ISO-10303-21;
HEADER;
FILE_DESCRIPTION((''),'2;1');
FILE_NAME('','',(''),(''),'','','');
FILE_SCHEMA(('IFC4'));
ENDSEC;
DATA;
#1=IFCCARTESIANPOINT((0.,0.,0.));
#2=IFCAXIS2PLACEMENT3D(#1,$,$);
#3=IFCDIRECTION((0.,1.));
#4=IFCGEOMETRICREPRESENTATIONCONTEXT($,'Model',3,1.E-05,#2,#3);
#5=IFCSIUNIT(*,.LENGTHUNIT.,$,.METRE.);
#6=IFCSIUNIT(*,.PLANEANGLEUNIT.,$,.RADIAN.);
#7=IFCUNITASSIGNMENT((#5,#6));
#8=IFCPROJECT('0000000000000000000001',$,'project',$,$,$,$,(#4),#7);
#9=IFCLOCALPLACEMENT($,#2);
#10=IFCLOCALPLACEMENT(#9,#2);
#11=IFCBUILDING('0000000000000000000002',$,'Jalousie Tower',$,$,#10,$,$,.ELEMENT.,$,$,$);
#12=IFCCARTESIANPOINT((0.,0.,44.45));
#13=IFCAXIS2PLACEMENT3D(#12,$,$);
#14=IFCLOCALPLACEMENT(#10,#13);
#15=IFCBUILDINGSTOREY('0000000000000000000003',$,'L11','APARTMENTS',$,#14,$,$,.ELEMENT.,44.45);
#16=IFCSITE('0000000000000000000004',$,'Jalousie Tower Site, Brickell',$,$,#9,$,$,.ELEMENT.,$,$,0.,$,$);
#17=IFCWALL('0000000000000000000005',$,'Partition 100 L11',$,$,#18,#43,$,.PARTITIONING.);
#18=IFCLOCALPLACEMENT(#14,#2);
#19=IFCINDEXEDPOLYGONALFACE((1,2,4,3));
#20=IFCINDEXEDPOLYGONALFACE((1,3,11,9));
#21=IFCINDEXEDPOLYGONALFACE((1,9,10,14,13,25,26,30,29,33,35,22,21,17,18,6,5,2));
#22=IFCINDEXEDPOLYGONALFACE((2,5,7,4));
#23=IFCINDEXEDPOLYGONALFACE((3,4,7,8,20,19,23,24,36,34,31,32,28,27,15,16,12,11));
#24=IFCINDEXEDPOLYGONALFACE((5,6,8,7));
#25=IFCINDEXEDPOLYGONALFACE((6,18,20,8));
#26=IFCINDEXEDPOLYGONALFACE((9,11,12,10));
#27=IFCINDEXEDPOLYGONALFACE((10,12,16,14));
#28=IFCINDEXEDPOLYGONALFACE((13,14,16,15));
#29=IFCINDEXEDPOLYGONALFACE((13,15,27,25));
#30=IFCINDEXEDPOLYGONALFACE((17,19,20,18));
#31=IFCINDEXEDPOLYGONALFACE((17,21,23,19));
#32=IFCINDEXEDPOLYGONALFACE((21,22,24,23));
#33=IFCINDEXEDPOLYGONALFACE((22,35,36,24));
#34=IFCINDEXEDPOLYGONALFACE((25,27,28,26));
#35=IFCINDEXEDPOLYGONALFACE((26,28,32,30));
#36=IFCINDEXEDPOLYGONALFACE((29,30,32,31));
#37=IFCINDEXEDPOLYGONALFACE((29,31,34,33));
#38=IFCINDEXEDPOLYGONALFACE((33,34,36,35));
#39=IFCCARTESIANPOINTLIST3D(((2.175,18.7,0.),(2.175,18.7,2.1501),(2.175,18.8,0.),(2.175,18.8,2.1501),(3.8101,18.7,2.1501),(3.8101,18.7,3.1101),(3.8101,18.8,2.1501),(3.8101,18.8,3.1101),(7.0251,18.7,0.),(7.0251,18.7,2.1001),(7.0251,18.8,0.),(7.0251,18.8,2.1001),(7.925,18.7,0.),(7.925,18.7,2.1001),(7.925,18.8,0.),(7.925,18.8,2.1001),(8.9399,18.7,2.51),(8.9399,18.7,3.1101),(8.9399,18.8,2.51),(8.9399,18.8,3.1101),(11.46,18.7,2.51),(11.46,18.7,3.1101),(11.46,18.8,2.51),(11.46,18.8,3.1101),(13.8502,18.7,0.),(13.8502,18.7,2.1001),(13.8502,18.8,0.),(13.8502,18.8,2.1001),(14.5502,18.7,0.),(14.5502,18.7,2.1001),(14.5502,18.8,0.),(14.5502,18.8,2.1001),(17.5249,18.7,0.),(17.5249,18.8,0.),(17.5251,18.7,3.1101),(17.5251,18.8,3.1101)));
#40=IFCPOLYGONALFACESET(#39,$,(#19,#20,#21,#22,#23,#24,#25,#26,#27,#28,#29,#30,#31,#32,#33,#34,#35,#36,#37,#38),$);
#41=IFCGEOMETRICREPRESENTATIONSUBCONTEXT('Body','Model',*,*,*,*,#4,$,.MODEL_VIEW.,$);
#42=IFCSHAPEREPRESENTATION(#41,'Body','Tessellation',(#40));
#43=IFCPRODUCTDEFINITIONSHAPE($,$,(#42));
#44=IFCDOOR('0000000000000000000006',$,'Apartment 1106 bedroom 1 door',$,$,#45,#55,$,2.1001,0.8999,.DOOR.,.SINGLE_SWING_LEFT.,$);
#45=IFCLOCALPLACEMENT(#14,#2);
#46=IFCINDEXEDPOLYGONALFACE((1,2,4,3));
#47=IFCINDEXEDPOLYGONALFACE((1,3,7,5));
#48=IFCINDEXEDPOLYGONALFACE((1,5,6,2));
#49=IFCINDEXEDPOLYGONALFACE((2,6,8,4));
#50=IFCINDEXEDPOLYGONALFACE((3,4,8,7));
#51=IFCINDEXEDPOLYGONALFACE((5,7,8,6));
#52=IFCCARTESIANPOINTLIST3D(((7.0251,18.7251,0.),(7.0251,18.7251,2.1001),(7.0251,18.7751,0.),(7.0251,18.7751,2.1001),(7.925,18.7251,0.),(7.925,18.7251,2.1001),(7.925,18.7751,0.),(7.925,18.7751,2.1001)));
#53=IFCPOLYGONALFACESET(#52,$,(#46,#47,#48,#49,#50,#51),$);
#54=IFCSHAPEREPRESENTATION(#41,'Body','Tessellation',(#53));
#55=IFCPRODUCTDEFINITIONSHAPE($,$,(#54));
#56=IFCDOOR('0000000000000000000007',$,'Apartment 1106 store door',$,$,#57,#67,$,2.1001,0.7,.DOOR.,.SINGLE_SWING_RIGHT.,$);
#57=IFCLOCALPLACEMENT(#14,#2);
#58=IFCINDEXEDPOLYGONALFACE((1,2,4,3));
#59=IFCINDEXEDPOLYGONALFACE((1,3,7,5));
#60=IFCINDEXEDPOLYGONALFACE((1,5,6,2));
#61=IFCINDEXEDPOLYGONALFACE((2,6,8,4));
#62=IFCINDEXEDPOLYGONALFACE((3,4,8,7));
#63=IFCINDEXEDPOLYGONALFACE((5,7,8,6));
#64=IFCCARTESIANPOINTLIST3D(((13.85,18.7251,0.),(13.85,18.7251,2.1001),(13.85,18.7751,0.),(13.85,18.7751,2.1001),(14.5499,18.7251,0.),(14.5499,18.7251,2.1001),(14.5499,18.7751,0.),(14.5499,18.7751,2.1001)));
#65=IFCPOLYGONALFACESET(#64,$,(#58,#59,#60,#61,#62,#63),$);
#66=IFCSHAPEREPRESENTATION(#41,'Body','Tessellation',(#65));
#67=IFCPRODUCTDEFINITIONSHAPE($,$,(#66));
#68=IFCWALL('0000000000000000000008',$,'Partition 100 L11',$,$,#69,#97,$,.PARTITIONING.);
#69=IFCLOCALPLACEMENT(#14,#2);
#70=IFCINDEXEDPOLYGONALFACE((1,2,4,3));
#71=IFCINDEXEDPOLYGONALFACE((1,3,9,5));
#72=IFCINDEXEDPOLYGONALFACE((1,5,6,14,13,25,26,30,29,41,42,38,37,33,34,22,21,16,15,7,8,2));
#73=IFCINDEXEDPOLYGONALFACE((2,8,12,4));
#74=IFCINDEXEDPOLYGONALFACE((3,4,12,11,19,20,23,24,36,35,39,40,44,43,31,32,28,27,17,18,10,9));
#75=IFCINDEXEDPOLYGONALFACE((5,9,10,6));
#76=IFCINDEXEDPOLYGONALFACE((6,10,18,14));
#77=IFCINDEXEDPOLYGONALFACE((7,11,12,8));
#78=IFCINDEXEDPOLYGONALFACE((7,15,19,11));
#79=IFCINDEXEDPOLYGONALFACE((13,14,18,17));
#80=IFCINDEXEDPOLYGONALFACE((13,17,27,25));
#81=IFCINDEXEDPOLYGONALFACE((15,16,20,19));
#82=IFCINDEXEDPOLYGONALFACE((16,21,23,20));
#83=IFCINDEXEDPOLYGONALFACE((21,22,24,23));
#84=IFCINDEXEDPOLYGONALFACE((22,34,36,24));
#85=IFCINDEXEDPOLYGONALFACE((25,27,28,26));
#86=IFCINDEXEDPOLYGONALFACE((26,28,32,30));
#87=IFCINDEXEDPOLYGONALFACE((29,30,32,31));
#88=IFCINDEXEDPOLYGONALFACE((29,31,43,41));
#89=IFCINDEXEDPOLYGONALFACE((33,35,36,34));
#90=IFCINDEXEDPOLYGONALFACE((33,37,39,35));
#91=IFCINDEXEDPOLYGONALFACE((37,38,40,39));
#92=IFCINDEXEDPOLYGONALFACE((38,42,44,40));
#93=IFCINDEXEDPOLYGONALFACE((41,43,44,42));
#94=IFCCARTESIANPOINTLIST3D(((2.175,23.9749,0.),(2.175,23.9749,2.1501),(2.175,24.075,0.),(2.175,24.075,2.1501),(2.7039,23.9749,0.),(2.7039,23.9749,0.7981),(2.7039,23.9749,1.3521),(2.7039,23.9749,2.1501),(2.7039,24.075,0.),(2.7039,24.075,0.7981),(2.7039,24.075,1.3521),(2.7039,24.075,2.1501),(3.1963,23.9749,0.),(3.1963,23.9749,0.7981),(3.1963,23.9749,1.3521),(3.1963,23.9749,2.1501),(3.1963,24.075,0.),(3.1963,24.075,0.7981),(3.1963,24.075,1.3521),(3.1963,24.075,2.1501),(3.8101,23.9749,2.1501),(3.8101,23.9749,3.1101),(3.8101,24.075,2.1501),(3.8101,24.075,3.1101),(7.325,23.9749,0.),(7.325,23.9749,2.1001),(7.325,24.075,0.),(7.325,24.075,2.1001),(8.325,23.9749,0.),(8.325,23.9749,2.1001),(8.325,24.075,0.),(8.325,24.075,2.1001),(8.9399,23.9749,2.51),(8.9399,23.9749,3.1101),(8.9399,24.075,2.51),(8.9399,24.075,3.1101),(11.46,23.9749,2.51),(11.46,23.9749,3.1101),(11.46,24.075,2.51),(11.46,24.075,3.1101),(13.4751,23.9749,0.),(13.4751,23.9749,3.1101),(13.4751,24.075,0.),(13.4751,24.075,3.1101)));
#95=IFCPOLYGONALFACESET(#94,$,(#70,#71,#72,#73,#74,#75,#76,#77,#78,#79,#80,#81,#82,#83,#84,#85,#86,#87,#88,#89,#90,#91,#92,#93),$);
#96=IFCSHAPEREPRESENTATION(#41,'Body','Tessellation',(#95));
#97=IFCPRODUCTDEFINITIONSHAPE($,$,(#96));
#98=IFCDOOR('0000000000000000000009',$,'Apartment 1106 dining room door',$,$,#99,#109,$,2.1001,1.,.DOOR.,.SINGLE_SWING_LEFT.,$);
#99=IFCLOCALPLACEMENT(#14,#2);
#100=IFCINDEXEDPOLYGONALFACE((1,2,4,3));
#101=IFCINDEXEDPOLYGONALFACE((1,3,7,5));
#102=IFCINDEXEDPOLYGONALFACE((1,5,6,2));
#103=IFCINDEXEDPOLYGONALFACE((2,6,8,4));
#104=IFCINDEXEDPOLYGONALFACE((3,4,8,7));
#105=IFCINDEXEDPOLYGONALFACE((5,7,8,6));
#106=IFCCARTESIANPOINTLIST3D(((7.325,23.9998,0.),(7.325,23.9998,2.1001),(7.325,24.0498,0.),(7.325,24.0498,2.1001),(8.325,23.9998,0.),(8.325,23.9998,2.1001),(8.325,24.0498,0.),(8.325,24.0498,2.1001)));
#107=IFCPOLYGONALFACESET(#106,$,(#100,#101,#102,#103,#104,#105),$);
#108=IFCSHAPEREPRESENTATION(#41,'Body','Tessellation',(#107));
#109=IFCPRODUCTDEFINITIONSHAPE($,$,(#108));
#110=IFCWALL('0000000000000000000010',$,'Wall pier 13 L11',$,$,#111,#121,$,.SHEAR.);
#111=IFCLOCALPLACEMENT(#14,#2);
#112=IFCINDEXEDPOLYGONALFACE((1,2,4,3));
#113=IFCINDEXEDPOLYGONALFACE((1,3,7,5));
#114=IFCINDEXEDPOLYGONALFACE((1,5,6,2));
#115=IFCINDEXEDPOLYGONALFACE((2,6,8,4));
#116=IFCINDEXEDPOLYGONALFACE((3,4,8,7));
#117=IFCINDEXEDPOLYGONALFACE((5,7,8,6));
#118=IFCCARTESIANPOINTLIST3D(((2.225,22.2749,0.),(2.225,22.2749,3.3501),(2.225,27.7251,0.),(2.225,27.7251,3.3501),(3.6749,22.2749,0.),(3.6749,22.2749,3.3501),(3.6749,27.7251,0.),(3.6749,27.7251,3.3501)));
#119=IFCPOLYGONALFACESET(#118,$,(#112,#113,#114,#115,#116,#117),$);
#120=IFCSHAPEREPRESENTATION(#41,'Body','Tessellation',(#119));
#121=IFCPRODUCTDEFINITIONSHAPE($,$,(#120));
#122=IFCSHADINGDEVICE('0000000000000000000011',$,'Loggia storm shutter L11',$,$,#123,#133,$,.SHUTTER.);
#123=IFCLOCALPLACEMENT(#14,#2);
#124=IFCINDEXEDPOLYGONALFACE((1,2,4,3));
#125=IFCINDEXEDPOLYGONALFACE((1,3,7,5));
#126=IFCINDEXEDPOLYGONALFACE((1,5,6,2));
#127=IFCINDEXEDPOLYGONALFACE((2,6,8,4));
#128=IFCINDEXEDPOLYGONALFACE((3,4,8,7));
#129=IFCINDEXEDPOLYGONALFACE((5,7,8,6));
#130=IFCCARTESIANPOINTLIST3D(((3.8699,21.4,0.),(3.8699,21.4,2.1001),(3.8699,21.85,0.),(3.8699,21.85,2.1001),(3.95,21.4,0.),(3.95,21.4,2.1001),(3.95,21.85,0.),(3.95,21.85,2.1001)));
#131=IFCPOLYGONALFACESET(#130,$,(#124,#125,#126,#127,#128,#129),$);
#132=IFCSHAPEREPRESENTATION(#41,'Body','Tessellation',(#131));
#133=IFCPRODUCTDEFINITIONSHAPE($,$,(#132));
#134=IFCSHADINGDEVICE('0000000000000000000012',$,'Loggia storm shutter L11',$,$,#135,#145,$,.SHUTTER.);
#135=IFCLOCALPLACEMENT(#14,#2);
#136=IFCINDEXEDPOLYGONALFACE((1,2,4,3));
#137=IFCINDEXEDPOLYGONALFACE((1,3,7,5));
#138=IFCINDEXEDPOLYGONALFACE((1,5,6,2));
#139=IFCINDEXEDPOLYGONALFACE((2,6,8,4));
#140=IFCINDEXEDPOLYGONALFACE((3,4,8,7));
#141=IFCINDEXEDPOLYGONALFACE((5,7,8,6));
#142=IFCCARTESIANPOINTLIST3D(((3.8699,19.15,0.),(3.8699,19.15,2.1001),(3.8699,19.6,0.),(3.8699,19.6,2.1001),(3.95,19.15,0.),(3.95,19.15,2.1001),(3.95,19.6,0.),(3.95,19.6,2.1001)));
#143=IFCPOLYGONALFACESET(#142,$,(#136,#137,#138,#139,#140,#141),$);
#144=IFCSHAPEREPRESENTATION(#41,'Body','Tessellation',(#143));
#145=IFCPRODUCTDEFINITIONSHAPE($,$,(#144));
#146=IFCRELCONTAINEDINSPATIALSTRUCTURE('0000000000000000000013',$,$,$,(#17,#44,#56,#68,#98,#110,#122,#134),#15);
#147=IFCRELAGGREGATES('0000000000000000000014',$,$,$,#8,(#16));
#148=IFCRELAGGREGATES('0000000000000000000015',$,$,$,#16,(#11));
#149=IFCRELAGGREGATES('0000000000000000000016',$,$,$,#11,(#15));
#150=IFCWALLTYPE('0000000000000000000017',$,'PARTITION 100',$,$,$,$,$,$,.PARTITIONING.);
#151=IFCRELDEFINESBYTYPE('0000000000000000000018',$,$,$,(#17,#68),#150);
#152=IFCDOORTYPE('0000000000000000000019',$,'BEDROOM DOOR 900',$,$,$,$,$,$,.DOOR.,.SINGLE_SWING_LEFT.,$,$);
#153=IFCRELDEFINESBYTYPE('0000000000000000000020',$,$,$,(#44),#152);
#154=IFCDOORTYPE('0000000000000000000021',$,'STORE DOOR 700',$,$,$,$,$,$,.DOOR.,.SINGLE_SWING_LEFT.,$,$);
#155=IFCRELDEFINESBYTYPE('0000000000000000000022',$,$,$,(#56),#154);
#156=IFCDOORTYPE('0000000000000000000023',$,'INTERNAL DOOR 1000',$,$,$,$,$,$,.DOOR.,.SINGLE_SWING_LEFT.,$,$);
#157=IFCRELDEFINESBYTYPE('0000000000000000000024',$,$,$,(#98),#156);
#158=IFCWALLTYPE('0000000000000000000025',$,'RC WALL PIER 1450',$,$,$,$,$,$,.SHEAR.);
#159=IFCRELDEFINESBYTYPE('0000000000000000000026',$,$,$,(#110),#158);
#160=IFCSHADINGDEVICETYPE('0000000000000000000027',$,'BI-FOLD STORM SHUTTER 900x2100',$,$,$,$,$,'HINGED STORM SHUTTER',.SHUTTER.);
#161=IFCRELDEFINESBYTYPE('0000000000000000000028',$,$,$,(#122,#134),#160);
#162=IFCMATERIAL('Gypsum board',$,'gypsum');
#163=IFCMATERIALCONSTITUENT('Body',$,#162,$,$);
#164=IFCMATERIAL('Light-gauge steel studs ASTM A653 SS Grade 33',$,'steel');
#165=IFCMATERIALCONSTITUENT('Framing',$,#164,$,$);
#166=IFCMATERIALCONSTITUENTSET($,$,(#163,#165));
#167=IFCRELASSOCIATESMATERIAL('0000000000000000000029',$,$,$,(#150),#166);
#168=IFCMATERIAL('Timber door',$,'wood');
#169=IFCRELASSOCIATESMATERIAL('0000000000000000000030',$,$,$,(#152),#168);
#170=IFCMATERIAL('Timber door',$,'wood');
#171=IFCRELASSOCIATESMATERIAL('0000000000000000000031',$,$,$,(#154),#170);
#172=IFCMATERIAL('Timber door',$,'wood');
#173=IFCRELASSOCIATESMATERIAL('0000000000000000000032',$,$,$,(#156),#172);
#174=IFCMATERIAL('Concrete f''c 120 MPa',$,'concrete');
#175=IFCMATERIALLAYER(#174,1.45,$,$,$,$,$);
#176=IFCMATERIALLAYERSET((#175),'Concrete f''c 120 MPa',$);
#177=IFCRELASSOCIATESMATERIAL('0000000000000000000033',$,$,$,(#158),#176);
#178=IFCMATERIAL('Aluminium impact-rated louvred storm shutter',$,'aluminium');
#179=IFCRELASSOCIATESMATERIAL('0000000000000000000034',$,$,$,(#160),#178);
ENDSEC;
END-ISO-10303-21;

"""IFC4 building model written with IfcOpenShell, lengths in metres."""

from ifc_helpers import new_model, si_unit, direction, frame, frame_2d, origin, origin_2d, place, context, subcontext, project, spatial, polyline, rectangle, outline, extrude, material, layer, layer_set, constituent, constituent_set, type_object, element, fill, save


model = new_model("IFC4")

# Units and contexts
model_context = context("Model", 3, precision=1e-05, world=origin(), true_north=direction((0.0, 1.0)))
body_context = subcontext(model_context, "Body", "Model", "MODEL_VIEW")
ifc_project = project(units=[si_unit("LENGTHUNIT", "METRE"), si_unit("PLANEANGLEUNIT", "RADIAN")], contexts=[model_context])

# Site, building, storey
site_placement = place(None, origin())
site = spatial("IfcSite", under=ifc_project, at=site_placement, Name="Jalousie Tower Site, Brickell", CompositionType="ELEMENT", RefElevation=0.0)
building_placement = place(site_placement, origin())
building = spatial("IfcBuilding", under=site, at=building_placement, Name="Jalousie Tower", CompositionType="ELEMENT")
storey_placement = place(building_placement, frame((0.0, 0.0, 44.45)))
storey = spatial("IfcBuildingStorey", under=building, at=storey_placement, Name="L11", Description="APARTMENTS", CompositionType="ELEMENT", Elevation=44.45)

# Wall, openings, doors
ifc_material_1 = material(Name="Gypsum board", Category="gypsum")
ifc_constituent_1 = constituent(ifc_material_1, Name="Body")
ifc_material_2 = material(Name="Light-gauge steel studs ASTM A653 SS Grade 33", Category="steel")
ifc_constituent_2 = constituent(ifc_material_2, Name="Framing")
ifc_constituent_set_1 = constituent_set(constituents=[ifc_constituent_1, ifc_constituent_2])
wall_type_1 = type_object("IfcWallType", Name="PARTITION 100", PredefinedType="PARTITIONING", material=ifc_constituent_set_1)
wall_1_placement = place(storey_placement, frame((2.175, 18.75, 0.0), z_axis=(0.0, 0.0, 1.0), x_axis=(1.0, 0.0, 0.0)))
wall_1 = element("IfcWall", 1, at=wall_1_placement, inside=storey, type_object=wall_type_1, Name="Partition 100 L11", PredefinedType="PARTITIONING", context=body_context, shape_type="SweptSolid", body=[
    extrude(outline(polyline([(0.0, 0.0), (15.3499, 0.0), (15.3501, 3.1101), (9.2849, 3.1101), (9.2849, 2.51), (6.7649, 2.51), (6.7649, 3.1101), (1.635, 3.1101), (1.635, 2.1501), (0.0, 2.1501), (0.0, 3.1101), (0.0, 0.0)])), frame((0.0, 0.05, 0.0), z_axis=(0.0, -1.0, 0.0), x_axis=(1.0, 0.0, 0.0)), (0.0, 0.0, 1.0), 0.1001),
])
opening_1_placement = place(wall_1_placement, frame((4.8501, 0.0, 0.0)))
opening_1 = element("IfcOpeningElement", 2, at=opening_1_placement, cuts=wall_1, PredefinedType="OPENING", context=body_context, shape_type="SweptSolid", body=[
    extrude(rectangle(XDim=0.8999, YDim=2.1001, at=frame_2d((0.45, 1.05))), frame((0.0, 0.0601, 0.0), z_axis=(0.0, -1.0, 0.0), x_axis=(1.0, 0.0, 0.0)), (0.0, 0.0, 1.0), 0.1201),
])
opening_2_placement = place(wall_1_placement, frame((11.675, 0.0, 0.0)))
opening_2 = element("IfcOpeningElement", 3, at=opening_2_placement, cuts=wall_1, PredefinedType="OPENING", context=body_context, shape_type="SweptSolid", body=[
    extrude(rectangle(XDim=0.7, YDim=2.1001, at=frame_2d((0.3501, 1.05))), frame((0.0, 0.0601, 0.0), z_axis=(0.0, -1.0, 0.0), x_axis=(1.0, 0.0, 0.0)), (0.0, 0.0, 1.0), 0.1201),
])
ifc_material_3 = material(Name="Timber door", Category="wood")
door_type_1 = type_object("IfcDoorType", Name="BEDROOM DOOR 900", OperationType="SINGLE_SWING_LEFT", PredefinedType="DOOR", material=ifc_material_3)
door_1_placement = place(opening_1_placement, frame((0.8999, 0.0, 0.0), z_axis=(0.0, 0.0, 1.0), x_axis=(-1.0, 0.0, 0.0)))
door_1 = element("IfcDoor", 4, at=door_1_placement, inside=storey, type_object=door_type_1, Name="Apartment 1106 bedroom 1 door", OperationType="SINGLE_SWING_LEFT", OverallHeight=2.1001, OverallWidth=0.8999, PredefinedType="DOOR", context=body_context, shape_type="SweptSolid", body=[
    extrude(rectangle(XDim=0.8999, YDim=2.1001, at=frame_2d((0.45, 1.05))), frame((0.0, 0.0249, 0.0), z_axis=(0.0, -1.0, 0.0), x_axis=(1.0, 0.0, 0.0)), (0.0, 0.0, 1.0), 0.05),
])
fill(opening_1, door_1)
ifc_material_4 = material(Name="Timber door", Category="wood")
door_type_2 = type_object("IfcDoorType", Name="STORE DOOR 700", OperationType="SINGLE_SWING_LEFT", PredefinedType="DOOR", material=ifc_material_4)
door_2_placement = place(opening_2_placement, frame((0.7, 0.0, 0.0), z_axis=(0.0, 0.0, 1.0), x_axis=(-1.0, 0.0, 0.0)))
door_2 = element("IfcDoor", 5, at=door_2_placement, inside=storey, type_object=door_type_2, Name="Apartment 1106 store door", OperationType="SINGLE_SWING_RIGHT", OverallHeight=2.1001, OverallWidth=0.7, PredefinedType="DOOR", context=body_context, shape_type="SweptSolid", body=[
    extrude(rectangle(XDim=0.7, YDim=2.1001, at=frame_2d((0.3501, 1.05))), frame((0.0, 0.0249, 0.0), z_axis=(0.0, -1.0, 0.0), x_axis=(1.0, 0.0, 0.0)), (0.0, 0.0, 1.0), 0.05),
])
fill(opening_2, door_2)

# Wall, opening, door
wall_2_placement = place(storey_placement, frame((2.175, 24.0249, 0.0), z_axis=(0.0, 0.0, 1.0), x_axis=(1.0, 0.0, 0.0)))
wall_2 = element("IfcWall", 6, at=wall_2_placement, inside=storey, type_object=wall_type_1, Name="Partition 100 L11", PredefinedType="PARTITIONING", context=body_context, shape_type="SweptSolid", body=[
    extrude(outline(polyline([(0.5288, 2.1501), (0.0, 2.1501), (0.0, 0.0), (0.5288, 0.0), (0.5288, 0.7981), (1.0212, 0.7981), (1.0212, 0.0), (11.3, 0.0), (11.3, 3.1101), (9.2849, 3.1101), (9.2849, 2.51), (6.7649, 2.51), (6.7649, 3.1101), (1.635, 3.1101), (1.635, 2.1501), (1.0212, 2.1501), (1.0212, 1.3521), (0.5288, 1.3521), (0.5288, 2.1501)])), frame((0.0, 0.05, 0.0), z_axis=(0.0, -1.0, 0.0), x_axis=(1.0, 0.0, 0.0)), (0.0, 0.0, 1.0), 0.1001),
])
opening_3_placement = place(wall_2_placement, frame((5.1499, 0.0, 0.0)))
opening_3 = element("IfcOpeningElement", 7, at=opening_3_placement, cuts=wall_2, PredefinedType="OPENING", context=body_context, shape_type="SweptSolid", body=[
    extrude(rectangle(XDim=1.0, YDim=2.1001, at=frame_2d((0.5, 1.05))), frame((0.0, 0.0601, 0.0), z_axis=(0.0, -1.0, 0.0), x_axis=(1.0, 0.0, 0.0)), (0.0, 0.0, 1.0), 0.1201),
])
ifc_material_5 = material(Name="Timber door", Category="wood")
door_type_3 = type_object("IfcDoorType", Name="INTERNAL DOOR 1000", OperationType="SINGLE_SWING_LEFT", PredefinedType="DOOR", material=ifc_material_5)
door_3_placement = place(opening_3_placement, origin())
door_3 = element("IfcDoor", 8, at=door_3_placement, inside=storey, type_object=door_type_3, Name="Apartment 1106 dining room door", OperationType="SINGLE_SWING_LEFT", OverallHeight=2.1001, OverallWidth=1.0, PredefinedType="DOOR", context=body_context, shape_type="SweptSolid", body=[
    extrude(rectangle(XDim=1.0, YDim=2.1001, at=frame_2d((0.5, 1.05))), frame((0.0, 0.0249, 0.0), z_axis=(0.0, -1.0, 0.0), x_axis=(1.0, 0.0, 0.0)), (0.0, 0.0, 1.0), 0.05),
])
fill(opening_3, door_3)

# Wall
ifc_material_6 = material(Name="Concrete f'c 120 MPa", Category="concrete")
ifc_layer_1 = layer(ifc_material_6, 1.45)
ifc_layer_set_1 = layer_set([ifc_layer_1], Name="Concrete f'c 120 MPa")
wall_type_2 = type_object("IfcWallType", Name="RC WALL PIER 1450", PredefinedType="SHEAR", material=ifc_layer_set_1)
wall_3_placement = place(storey_placement, frame((2.95, 22.2749, 0.0), z_axis=(0.0, 0.0, 1.0), x_axis=(0.0, 1.0, 0.0)))
element("IfcWall", 9, at=wall_3_placement, inside=storey, type_object=wall_type_2, Name="Wall pier 13 L11", PredefinedType="SHEAR", context=body_context, shape_type="SweptSolid", body=[
    extrude(rectangle(XDim=5.4502, YDim=1.45, at=frame_2d((2.7251, 0.0))), origin(), (0.0, 0.0, 1.0), 3.3501),
])

# Shading devices
ifc_material_7 = material(Name="Aluminium impact-rated louvred storm shutter", Category="aluminium")
shading_device_type_1 = type_object("IfcShadingDeviceType", Name="BI-FOLD STORM SHUTTER 900x2100", ElementType="HINGED STORM SHUTTER", PredefinedType="SHUTTER", material=ifc_material_7)
for number, where, z_axis, x_axis, name in (
    (10, (3.9099, 21.625, 0.0), (0.0, 0.0, 1.0), (0.0, -1.0, 0.0), "Loggia storm shutter L11"),
    (11, (3.9099, 19.375, 0.0), (0.0, 0.0, 1.0), (0.0, -1.0, 0.0), "Loggia storm shutter L11"),
):
    element("IfcShadingDevice", number, at=place(storey_placement, frame(where, z_axis=z_axis, x_axis=x_axis)), inside=storey, type_object=shading_device_type_1, Name=name, PredefinedType="SHUTTER", context=body_context, shape_type="SweptSolid", body=[
        extrude(rectangle(XDim=0.45, YDim=0.0801, at=origin_2d()), origin(), (0.0, 0.0, 1.0), 2.1001),
    ])

save(model, "model.ifc")
